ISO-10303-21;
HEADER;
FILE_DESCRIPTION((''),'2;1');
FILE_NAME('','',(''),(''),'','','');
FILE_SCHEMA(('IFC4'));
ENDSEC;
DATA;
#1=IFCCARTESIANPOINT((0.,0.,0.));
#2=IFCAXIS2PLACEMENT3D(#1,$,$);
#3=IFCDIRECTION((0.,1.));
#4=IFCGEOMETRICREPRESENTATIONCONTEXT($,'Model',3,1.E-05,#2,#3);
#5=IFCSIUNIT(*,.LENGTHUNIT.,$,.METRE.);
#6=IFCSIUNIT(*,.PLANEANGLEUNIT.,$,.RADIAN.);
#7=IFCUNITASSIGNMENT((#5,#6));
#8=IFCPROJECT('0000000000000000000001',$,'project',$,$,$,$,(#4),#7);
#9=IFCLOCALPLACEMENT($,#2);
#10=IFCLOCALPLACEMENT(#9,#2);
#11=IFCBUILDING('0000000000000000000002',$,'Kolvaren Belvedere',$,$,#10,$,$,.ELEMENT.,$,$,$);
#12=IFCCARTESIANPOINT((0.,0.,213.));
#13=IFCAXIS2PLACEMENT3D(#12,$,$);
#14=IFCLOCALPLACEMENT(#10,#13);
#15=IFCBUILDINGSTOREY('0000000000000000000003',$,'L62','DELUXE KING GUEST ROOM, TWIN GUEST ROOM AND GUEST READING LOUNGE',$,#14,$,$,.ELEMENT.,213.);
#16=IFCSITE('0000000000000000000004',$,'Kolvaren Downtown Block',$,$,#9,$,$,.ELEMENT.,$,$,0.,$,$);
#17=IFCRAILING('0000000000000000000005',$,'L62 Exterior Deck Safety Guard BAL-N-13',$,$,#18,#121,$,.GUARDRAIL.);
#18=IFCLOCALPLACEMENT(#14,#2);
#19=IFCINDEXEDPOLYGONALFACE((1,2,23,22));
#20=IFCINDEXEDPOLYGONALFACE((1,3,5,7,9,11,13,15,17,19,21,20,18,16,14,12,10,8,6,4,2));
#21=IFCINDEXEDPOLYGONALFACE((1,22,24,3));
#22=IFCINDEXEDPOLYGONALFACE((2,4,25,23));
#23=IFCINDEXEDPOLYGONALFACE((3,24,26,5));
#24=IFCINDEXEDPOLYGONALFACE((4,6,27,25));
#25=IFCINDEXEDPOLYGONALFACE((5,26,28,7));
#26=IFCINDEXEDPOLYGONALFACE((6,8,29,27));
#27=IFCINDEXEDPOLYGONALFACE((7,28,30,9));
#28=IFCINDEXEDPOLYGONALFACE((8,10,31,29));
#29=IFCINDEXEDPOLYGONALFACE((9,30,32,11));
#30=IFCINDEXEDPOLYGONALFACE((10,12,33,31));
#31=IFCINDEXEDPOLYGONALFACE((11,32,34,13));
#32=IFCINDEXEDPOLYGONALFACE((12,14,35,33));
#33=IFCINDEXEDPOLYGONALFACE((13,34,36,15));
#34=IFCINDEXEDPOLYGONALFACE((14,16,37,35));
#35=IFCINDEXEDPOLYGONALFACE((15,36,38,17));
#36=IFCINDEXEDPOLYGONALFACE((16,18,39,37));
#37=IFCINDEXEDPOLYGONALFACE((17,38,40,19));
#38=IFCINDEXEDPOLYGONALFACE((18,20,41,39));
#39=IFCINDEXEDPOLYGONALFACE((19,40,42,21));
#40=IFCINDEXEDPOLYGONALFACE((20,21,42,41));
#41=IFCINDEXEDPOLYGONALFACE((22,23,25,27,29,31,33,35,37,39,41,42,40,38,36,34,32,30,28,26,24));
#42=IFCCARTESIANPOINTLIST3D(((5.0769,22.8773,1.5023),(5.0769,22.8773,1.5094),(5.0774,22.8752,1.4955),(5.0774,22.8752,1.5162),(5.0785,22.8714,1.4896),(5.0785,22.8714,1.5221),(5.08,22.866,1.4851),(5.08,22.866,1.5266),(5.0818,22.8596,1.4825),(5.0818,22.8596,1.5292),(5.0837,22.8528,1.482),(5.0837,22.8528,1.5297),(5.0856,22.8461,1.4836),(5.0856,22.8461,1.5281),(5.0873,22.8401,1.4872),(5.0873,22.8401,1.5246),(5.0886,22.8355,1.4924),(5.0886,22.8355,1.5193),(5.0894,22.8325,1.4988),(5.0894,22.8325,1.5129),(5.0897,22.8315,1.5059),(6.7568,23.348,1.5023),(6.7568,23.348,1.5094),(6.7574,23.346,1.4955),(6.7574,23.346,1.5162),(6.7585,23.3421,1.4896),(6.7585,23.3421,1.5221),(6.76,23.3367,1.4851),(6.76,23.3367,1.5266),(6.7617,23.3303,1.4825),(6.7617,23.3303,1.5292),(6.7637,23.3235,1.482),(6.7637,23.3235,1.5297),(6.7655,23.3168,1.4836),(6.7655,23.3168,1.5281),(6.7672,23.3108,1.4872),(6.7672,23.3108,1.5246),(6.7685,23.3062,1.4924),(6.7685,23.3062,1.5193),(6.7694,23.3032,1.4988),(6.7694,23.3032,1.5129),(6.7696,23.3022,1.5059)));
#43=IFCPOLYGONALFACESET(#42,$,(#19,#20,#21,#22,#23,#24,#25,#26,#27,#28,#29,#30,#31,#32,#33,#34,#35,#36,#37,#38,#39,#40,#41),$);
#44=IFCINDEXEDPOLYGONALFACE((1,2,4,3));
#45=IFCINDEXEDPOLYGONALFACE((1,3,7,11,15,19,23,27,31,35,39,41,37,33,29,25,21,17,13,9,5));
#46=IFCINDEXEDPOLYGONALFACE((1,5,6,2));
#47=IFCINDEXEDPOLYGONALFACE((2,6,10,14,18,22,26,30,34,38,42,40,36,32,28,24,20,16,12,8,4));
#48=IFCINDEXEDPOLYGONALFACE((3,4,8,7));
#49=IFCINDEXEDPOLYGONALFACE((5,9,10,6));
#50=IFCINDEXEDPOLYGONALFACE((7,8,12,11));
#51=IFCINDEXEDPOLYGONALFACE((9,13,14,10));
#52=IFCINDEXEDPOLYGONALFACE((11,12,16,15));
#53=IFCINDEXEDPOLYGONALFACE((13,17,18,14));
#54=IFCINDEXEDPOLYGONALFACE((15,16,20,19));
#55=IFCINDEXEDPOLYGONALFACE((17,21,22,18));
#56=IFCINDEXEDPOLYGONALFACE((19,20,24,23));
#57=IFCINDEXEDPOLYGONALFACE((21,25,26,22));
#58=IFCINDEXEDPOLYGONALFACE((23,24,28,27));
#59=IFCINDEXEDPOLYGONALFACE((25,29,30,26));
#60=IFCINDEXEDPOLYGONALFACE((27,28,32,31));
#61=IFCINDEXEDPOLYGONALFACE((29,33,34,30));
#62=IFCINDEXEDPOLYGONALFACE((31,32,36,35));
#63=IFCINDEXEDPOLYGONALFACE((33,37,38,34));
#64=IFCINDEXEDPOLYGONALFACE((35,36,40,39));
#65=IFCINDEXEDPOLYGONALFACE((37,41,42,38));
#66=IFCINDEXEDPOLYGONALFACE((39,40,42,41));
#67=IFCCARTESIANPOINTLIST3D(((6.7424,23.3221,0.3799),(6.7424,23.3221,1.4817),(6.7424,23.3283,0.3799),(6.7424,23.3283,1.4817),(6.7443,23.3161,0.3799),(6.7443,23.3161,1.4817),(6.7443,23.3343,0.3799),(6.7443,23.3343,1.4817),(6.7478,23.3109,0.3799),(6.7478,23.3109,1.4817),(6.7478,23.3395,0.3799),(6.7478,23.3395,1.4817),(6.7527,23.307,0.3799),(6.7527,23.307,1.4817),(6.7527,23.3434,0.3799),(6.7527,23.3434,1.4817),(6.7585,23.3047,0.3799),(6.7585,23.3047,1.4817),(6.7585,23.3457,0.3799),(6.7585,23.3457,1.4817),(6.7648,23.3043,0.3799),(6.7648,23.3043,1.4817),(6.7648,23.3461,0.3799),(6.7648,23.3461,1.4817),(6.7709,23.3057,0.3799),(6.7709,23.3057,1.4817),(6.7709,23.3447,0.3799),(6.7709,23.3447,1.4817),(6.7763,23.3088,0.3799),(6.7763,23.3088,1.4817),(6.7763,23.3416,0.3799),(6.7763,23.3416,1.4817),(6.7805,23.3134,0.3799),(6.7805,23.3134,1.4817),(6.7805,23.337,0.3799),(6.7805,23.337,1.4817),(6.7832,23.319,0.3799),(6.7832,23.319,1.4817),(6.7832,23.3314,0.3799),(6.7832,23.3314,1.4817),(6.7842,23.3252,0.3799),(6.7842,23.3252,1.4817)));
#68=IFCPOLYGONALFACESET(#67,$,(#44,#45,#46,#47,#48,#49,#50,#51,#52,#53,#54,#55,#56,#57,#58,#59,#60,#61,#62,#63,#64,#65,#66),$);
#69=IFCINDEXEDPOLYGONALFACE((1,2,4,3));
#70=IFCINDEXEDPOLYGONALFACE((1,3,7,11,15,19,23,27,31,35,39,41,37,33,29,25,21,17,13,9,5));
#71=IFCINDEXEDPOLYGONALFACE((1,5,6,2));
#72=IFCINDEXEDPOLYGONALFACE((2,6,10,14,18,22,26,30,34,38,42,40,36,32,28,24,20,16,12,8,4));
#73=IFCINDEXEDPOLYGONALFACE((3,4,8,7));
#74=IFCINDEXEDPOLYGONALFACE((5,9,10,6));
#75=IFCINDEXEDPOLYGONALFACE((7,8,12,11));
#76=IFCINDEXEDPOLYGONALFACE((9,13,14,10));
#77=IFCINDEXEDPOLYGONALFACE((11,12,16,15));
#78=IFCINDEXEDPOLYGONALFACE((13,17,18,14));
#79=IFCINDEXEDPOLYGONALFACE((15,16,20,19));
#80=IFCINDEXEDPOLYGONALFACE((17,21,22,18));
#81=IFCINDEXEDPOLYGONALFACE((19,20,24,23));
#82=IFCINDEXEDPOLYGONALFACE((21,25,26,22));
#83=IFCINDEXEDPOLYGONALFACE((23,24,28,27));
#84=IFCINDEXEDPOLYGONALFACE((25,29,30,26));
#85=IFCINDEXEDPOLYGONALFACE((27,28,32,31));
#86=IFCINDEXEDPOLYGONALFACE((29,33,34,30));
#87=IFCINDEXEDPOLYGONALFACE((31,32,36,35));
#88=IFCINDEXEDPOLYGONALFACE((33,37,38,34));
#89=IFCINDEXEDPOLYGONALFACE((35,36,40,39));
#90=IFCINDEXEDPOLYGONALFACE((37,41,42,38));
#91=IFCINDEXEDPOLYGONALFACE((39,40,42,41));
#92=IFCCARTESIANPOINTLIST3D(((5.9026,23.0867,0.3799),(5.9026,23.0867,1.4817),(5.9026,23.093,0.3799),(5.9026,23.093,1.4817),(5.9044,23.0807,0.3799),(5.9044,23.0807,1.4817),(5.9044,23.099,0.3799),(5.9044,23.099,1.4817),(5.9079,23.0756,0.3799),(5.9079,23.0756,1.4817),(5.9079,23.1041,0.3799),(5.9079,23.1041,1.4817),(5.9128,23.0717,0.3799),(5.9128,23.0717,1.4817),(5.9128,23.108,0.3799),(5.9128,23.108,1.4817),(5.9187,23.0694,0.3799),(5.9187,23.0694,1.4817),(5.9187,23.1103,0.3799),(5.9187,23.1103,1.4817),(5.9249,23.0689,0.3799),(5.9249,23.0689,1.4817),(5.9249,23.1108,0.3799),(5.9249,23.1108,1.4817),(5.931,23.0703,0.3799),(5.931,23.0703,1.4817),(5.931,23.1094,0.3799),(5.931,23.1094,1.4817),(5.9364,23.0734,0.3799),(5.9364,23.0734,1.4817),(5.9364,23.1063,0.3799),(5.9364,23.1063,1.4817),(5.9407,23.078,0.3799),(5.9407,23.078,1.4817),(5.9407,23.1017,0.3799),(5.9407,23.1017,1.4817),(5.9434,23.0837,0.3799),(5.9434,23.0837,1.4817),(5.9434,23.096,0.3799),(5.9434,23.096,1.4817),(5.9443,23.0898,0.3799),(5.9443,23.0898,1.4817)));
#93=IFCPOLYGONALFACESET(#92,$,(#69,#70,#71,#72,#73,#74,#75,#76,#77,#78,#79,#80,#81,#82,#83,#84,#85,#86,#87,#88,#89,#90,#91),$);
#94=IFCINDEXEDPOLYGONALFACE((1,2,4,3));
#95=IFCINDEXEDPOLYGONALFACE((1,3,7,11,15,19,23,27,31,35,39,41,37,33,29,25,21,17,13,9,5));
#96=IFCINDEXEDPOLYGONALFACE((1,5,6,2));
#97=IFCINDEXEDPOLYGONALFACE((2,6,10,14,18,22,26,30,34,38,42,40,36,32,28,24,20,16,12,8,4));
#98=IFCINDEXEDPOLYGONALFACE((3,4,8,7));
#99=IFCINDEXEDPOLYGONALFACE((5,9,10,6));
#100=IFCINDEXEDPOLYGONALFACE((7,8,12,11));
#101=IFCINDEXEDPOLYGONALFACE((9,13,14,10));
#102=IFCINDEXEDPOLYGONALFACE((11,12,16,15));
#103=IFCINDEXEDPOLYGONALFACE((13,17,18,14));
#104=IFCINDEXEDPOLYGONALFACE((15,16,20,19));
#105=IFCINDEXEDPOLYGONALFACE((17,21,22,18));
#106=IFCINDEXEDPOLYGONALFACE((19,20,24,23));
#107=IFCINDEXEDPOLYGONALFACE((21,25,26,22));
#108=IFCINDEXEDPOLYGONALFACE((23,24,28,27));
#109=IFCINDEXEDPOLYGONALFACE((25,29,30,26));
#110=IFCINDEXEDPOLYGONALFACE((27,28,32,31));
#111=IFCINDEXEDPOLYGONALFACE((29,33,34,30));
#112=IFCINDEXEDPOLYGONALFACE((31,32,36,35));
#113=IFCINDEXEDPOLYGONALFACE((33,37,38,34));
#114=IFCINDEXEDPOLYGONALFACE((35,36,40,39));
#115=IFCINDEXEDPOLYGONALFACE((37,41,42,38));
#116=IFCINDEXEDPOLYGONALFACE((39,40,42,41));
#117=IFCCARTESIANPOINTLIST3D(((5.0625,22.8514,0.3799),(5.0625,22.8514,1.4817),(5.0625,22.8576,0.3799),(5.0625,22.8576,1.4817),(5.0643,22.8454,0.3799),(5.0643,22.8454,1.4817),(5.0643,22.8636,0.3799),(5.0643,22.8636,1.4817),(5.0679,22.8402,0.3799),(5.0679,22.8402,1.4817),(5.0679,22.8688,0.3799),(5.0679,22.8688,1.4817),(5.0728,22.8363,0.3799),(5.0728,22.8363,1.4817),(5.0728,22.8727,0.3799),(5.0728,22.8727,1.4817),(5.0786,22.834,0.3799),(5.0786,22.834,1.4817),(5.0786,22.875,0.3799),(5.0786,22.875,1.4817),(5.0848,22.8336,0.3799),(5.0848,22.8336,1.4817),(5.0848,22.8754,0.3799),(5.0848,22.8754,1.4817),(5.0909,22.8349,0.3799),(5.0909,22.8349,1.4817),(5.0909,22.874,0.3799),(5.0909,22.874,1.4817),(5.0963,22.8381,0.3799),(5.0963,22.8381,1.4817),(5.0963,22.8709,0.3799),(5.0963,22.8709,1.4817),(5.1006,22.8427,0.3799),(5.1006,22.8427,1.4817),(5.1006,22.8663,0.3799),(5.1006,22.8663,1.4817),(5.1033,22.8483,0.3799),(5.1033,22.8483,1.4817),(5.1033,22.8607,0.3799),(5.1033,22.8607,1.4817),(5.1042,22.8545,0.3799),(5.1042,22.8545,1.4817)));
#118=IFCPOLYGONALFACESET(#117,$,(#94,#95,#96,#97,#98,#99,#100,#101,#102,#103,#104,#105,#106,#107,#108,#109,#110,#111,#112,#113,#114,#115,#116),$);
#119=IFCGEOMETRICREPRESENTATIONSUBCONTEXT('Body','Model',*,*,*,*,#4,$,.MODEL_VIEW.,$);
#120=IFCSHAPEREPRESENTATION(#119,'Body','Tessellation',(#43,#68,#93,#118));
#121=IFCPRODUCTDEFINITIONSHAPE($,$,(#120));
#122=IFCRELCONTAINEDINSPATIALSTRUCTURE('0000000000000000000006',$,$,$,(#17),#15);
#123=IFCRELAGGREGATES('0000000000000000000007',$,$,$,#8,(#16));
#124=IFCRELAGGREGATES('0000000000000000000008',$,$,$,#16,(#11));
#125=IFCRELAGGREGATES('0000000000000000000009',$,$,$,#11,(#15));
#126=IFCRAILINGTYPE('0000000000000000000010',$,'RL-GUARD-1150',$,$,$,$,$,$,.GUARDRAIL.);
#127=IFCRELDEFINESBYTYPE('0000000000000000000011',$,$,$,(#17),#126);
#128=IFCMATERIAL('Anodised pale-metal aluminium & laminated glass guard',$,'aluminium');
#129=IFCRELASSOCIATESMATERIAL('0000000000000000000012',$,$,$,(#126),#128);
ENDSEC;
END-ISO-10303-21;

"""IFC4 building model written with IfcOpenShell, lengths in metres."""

from ifc_helpers import new_model, si_unit, direction, frame, origin, origin_2d, place, context, subcontext, project, spatial, circle, extrude, material, type_object, element, save


model = new_model("IFC4")

# Units and contexts
model_context = context("Model", 3, precision=1e-05, world=origin(), true_north=direction((0.0, 1.0)))
body_context = subcontext(model_context, "Body", "Model", "MODEL_VIEW")
ifc_project = project(units=[si_unit("LENGTHUNIT", "METRE"), si_unit("PLANEANGLEUNIT", "RADIAN")], contexts=[model_context])

# Site, building, storey
site_placement = place(None, origin())
site = spatial("IfcSite", under=ifc_project, at=site_placement, Name="Kolvaren Downtown Block", CompositionType="ELEMENT", RefElevation=0.0)
building_placement = place(site_placement, origin())
building = spatial("IfcBuilding", under=site, at=building_placement, Name="Kolvaren Belvedere", CompositionType="ELEMENT")
storey_placement = place(building_placement, frame((0.0, 0.0, 213.0)))
storey = spatial("IfcBuildingStorey", under=building, at=storey_placement, Name="L62", Description="DELUXE KING GUEST ROOM, TWIN GUEST ROOM AND GUEST READING LOUNGE", CompositionType="ELEMENT", Elevation=213.0)

# Railing
ifc_material_1 = material(Name="Anodised pale-metal aluminium & laminated glass guard", Category="aluminium")
railing_type = type_object("IfcRailingType", Name="RL-GUARD-1150", PredefinedType="GUARDRAIL", material=ifc_material_1)
railing_1_placement = place(storey_placement, frame((6.7632, 23.3252, 0.3799)))
element("IfcRailing", 1, at=railing_1_placement, inside=storey, type_object=railing_type, Name="L62 Exterior Deck Safety Guard BAL-N-13", PredefinedType="GUARDRAIL", context=body_context, shape_type="SweptSolid", body=[
    extrude(circle(Radius=0.0239, at=origin_2d()), frame((0.0, 0.0, 1.126), z_axis=(-0.962916, -0.269801, 0.0), x_axis=(0.269801, -0.962916, 0.0)), (0.0, 0.0, 1.0), 1.7446),
    extrude(circle(Radius=0.021, at=origin_2d()), origin(), (0.0, 0.0, 1.0), 1.1018),
    extrude(circle(Radius=0.021, at=origin_2d()), frame((-0.8398, -0.2354, 0.0)), (0.0, 0.0, 1.0), 1.1018),
    extrude(circle(Radius=0.021, at=origin_2d()), frame((-1.6799, -0.4707, 0.0)), (0.0, 0.0, 1.0), 1.1018),
])

save(model, "model.ifc")
